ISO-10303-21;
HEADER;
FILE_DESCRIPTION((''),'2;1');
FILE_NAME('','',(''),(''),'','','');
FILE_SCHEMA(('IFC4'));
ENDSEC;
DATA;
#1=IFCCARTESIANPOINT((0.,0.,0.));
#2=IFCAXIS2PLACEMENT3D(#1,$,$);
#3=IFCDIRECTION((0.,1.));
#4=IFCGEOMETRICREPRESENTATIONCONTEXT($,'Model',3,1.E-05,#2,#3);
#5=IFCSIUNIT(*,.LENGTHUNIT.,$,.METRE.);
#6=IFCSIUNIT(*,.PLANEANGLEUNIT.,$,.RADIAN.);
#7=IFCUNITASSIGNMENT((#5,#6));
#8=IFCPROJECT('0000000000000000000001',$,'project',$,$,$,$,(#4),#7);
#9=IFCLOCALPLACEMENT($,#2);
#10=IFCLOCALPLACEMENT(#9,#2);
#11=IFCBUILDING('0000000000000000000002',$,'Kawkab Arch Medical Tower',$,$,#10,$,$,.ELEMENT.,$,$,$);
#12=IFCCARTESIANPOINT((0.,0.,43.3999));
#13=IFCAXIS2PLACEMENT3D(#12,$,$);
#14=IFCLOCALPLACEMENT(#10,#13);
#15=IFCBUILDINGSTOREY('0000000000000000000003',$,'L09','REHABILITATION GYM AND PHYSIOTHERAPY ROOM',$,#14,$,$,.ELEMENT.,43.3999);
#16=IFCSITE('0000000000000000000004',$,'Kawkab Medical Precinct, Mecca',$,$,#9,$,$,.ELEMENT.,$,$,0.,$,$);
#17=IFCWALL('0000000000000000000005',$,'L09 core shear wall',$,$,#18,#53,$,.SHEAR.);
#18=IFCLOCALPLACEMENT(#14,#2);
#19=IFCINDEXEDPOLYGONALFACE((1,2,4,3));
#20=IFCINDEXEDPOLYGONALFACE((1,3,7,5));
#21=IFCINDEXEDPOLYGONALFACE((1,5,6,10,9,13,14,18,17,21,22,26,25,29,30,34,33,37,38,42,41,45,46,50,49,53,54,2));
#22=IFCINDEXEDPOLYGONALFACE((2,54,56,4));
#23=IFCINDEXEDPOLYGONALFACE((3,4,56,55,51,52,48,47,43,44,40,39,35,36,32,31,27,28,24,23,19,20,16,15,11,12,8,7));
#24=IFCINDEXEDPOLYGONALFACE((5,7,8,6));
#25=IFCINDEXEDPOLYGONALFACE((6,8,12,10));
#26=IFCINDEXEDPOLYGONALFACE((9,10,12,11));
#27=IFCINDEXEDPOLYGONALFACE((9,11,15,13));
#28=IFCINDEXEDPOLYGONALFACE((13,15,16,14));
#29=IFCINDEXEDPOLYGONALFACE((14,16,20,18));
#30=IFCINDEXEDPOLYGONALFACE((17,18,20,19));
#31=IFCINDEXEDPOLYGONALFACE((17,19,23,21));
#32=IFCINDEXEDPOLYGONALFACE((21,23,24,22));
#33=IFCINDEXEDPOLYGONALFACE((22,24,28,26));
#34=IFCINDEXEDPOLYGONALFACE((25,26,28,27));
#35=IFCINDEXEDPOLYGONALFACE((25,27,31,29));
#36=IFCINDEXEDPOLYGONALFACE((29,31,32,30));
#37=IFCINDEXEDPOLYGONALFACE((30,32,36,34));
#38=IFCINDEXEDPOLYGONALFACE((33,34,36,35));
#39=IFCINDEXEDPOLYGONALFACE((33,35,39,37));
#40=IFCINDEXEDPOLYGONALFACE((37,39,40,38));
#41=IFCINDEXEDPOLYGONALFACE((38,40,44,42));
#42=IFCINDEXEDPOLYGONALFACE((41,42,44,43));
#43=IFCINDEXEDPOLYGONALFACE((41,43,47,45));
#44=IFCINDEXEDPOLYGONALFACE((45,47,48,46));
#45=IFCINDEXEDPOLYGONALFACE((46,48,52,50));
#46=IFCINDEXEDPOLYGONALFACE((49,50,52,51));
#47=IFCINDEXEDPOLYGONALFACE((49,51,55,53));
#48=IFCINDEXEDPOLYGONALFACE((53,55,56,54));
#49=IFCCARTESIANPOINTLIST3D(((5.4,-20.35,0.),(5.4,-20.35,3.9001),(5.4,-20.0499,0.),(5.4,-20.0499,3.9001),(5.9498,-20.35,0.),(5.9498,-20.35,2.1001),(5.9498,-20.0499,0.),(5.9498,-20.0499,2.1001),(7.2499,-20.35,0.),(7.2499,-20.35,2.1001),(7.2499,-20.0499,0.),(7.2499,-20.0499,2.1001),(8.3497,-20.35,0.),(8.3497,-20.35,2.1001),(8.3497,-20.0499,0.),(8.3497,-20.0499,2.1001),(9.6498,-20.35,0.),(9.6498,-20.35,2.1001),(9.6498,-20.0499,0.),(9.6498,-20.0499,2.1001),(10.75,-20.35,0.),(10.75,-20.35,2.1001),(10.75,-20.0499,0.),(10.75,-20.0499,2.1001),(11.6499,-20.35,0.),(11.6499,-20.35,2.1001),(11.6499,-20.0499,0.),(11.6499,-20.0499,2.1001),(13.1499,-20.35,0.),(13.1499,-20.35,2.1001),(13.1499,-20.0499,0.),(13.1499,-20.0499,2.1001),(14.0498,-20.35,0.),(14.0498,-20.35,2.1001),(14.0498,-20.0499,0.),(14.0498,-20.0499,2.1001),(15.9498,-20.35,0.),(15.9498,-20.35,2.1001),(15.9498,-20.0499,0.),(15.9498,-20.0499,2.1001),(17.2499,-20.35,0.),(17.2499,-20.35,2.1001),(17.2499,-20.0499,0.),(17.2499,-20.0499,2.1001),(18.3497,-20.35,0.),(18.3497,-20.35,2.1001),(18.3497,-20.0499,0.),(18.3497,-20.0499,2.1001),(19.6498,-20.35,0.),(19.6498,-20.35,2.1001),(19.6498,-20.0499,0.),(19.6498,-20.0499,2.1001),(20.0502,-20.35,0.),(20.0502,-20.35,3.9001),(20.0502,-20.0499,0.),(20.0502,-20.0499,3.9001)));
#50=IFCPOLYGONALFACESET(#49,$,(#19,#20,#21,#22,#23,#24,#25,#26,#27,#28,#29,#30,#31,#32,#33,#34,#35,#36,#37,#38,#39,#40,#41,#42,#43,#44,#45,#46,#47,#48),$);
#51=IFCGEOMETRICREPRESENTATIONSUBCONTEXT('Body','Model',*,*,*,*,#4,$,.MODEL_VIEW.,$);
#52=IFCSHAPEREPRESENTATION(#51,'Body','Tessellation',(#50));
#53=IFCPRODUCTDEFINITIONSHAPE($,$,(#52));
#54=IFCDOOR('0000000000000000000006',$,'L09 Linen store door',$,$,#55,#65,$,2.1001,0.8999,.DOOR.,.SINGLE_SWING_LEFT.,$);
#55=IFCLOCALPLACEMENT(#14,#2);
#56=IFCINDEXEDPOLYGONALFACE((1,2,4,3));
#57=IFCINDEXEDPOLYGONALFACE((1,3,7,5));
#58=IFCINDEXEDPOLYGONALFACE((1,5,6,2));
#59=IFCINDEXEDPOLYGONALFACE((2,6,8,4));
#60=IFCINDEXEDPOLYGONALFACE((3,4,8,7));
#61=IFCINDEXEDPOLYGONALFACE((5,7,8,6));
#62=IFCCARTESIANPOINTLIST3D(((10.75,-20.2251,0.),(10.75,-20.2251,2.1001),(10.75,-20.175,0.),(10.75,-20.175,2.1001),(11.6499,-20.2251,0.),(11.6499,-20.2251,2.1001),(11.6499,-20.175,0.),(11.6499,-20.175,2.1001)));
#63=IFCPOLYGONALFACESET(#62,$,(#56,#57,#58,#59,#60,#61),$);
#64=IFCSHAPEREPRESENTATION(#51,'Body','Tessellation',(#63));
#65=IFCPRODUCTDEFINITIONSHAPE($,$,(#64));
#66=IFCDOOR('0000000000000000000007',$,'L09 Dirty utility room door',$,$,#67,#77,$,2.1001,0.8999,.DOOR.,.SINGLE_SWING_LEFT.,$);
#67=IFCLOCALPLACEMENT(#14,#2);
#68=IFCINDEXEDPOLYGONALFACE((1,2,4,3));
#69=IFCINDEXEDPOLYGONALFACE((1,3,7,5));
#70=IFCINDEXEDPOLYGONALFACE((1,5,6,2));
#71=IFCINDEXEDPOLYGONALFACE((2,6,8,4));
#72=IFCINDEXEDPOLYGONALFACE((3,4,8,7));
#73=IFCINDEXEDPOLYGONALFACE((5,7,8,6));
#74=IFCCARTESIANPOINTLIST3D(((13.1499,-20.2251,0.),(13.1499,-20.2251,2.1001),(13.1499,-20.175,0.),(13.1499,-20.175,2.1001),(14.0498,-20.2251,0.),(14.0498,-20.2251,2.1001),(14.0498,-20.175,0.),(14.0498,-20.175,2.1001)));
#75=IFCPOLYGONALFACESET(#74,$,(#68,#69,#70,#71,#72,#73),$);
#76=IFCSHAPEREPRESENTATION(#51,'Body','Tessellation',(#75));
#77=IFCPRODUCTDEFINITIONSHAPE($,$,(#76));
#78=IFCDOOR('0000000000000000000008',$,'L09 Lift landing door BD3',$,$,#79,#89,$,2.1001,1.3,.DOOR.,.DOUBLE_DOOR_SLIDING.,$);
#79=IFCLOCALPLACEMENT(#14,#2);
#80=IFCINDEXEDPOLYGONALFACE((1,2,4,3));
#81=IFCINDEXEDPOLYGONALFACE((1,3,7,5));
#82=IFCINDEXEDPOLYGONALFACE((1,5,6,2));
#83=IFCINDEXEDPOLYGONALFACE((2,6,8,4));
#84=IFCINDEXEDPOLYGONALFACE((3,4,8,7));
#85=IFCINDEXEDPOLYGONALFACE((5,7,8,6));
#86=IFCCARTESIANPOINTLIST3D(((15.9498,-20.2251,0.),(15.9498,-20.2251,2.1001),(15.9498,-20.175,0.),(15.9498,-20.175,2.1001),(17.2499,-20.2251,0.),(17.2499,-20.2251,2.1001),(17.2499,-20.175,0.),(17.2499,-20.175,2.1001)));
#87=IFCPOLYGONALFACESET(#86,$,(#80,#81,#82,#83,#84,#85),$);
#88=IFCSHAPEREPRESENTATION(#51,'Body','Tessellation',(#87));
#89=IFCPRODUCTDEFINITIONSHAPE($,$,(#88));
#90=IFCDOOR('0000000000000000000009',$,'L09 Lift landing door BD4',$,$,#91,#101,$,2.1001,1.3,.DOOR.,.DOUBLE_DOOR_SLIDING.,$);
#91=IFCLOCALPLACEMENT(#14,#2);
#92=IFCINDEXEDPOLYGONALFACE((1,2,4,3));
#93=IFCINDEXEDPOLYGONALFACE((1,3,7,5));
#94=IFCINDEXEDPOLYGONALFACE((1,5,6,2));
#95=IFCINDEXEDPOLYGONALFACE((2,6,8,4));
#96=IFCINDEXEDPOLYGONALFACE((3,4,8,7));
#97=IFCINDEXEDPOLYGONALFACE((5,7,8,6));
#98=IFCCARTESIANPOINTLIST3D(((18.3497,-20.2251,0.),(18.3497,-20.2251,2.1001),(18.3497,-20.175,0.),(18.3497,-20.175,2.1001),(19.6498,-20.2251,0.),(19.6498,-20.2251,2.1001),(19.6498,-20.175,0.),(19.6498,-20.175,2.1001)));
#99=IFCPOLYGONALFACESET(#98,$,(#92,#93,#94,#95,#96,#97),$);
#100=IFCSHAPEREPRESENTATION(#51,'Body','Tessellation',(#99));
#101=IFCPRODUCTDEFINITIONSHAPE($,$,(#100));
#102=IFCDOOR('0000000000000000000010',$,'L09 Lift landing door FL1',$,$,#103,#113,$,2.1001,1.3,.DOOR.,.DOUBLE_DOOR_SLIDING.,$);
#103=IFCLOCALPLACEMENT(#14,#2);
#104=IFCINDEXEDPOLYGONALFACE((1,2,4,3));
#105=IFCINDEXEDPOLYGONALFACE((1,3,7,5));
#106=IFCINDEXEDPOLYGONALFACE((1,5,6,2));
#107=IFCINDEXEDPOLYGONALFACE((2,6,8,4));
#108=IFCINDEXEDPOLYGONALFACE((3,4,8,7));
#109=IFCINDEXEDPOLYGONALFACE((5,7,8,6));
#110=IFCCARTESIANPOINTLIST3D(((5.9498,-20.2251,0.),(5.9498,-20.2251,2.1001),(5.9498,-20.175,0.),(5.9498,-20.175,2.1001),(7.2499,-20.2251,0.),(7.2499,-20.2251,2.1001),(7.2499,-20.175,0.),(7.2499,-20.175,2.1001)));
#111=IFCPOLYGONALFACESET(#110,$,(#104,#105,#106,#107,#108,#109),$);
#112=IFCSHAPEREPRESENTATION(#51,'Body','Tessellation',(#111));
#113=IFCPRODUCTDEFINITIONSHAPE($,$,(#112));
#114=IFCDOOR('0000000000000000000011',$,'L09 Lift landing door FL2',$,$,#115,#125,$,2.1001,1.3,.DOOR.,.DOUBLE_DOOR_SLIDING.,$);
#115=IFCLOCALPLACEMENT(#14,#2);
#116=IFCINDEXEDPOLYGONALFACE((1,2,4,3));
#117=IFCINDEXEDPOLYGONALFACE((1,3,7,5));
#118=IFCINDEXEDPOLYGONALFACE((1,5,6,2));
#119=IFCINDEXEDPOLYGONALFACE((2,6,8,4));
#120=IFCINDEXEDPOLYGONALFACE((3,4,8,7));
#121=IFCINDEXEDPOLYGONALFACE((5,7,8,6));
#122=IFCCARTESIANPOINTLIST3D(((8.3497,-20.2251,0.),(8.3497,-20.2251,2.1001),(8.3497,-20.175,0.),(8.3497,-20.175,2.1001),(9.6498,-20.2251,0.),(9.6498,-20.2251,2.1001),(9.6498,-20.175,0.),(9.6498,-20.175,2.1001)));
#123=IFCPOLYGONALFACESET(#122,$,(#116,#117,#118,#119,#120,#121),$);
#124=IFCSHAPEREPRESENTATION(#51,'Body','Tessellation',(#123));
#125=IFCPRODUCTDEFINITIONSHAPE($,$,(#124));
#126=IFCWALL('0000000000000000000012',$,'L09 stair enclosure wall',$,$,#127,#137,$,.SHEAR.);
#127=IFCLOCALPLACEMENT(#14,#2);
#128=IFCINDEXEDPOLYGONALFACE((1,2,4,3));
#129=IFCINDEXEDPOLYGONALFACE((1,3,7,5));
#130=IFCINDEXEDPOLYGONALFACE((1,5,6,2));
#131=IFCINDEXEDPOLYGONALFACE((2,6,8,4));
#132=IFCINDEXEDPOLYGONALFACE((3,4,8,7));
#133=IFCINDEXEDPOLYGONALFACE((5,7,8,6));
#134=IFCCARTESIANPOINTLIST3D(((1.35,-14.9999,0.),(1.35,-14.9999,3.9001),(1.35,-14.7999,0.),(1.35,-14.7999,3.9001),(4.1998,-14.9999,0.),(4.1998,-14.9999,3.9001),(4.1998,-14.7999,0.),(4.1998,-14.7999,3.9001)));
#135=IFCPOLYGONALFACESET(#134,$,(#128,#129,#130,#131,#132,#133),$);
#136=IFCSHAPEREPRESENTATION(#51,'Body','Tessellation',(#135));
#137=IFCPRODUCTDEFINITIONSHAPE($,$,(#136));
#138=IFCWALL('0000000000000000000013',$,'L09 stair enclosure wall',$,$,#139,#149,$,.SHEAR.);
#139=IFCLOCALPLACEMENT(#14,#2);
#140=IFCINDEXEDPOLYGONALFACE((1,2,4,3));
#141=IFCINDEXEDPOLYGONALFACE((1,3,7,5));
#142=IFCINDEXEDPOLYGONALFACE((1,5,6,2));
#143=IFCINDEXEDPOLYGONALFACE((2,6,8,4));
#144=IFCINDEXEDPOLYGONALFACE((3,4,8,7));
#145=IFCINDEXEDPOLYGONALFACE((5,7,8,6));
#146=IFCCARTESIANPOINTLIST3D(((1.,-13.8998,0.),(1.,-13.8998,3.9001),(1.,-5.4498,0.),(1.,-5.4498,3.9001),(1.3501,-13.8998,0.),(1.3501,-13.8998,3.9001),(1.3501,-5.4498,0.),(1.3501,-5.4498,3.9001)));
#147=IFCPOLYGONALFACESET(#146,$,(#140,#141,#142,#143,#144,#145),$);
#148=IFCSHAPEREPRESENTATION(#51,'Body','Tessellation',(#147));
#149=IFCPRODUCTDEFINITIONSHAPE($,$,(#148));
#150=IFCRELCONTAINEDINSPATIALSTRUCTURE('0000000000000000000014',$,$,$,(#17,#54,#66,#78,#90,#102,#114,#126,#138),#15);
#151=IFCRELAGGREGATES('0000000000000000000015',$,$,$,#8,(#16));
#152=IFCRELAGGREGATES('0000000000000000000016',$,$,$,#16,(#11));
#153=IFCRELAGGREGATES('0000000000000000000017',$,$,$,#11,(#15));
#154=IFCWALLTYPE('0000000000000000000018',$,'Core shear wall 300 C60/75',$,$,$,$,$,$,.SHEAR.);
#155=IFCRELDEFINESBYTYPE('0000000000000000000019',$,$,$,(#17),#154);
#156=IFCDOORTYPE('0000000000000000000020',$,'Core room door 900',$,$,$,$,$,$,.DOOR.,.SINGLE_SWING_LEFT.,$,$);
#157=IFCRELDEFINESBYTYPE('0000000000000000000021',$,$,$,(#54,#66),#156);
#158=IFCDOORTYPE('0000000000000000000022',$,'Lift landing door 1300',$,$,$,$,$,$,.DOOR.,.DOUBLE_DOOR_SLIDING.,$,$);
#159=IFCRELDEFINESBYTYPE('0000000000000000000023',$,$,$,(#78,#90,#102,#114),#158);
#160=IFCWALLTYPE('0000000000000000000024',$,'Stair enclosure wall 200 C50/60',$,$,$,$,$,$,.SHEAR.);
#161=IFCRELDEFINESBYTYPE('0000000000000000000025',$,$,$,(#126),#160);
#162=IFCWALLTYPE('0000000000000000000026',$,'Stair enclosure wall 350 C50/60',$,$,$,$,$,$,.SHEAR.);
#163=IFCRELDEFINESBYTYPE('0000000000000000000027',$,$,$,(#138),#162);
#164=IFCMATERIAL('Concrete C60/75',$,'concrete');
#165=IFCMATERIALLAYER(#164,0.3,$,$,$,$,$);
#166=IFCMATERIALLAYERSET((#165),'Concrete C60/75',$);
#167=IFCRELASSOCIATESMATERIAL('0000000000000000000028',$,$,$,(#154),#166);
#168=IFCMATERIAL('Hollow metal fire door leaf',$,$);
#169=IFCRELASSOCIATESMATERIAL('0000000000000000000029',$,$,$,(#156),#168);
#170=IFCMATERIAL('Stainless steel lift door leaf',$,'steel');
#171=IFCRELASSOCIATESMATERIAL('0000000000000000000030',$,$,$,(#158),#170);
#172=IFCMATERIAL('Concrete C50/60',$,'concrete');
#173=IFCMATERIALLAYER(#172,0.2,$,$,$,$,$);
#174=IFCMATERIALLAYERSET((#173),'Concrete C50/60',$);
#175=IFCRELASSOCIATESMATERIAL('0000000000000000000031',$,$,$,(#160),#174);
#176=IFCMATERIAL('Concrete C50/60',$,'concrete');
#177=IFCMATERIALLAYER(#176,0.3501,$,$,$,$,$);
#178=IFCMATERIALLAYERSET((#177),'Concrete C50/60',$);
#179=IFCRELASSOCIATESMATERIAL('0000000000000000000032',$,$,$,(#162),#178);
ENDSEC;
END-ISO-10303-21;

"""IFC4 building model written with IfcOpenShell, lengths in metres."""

from ifc_helpers import new_model, si_unit, direction, frame, frame_2d, origin, place, context, subcontext, project, spatial, rectangle, extrude, material, layer, layer_set, type_object, element, fill, save


model = new_model("IFC4")

# Units and contexts
model_context = context("Model", 3, precision=1e-05, world=origin(), true_north=direction((0.0, 1.0)))
body_context = subcontext(model_context, "Body", "Model", "MODEL_VIEW")
ifc_project = project(units=[si_unit("LENGTHUNIT", "METRE"), si_unit("PLANEANGLEUNIT", "RADIAN")], contexts=[model_context])

# Site, building, storey
site_placement = place(None, origin())
site = spatial("IfcSite", under=ifc_project, at=site_placement, Name="Kawkab Medical Precinct, Mecca", CompositionType="ELEMENT", RefElevation=0.0)
building_placement = place(site_placement, origin())
building = spatial("IfcBuilding", under=site, at=building_placement, Name="Kawkab Arch Medical Tower", CompositionType="ELEMENT")
storey_placement = place(building_placement, frame((0.0, 0.0, 43.3999)))
storey = spatial("IfcBuildingStorey", under=building, at=storey_placement, Name="L09", Description="REHABILITATION GYM AND PHYSIOTHERAPY ROOM", CompositionType="ELEMENT", Elevation=43.3999)

# Shared definitions
ifc_material_1 = material(Name="Concrete C60/75", Category="concrete")
ifc_layer_1 = layer(ifc_material_1, 0.3)
ifc_layer_set_1 = layer_set([ifc_layer_1], Name="Concrete C60/75")
wall_type_1 = type_object("IfcWallType", Name="Core shear wall 300 C60/75", PredefinedType="SHEAR", material=ifc_layer_set_1)

# Wall, openings, doors
wall_1_placement = place(storey_placement, frame((5.3999, -20.2, 0.0), z_axis=(0.0, 0.0, 1.0), x_axis=(1.0, 0.0, 0.0)))
wall_1 = element("IfcWall", 1, at=wall_1_placement, inside=storey, type_object=wall_type_1, Name="L09 core shear wall", PredefinedType="SHEAR", context=body_context, shape_type="SweptSolid", body=[
    extrude(rectangle(XDim=14.6501, YDim=0.3, at=frame_2d((7.3252, 0.0))), origin(), (0.0, 0.0, 1.0), 3.9001),
])
opening_1_placement = place(wall_1_placement, frame((10.55, 0.0, 0.0)))
opening_1 = element("IfcOpeningElement", 2, at=opening_1_placement, cuts=wall_1, PredefinedType="OPENING", context=body_context, shape_type="SweptSolid", body=[
    extrude(rectangle(XDim=1.3, YDim=2.1001, at=frame_2d((0.6499, 1.05))), frame((0.0, 0.1599, 0.0), z_axis=(0.0, -1.0, 0.0), x_axis=(1.0, 0.0, 0.0)), (0.0, 0.0, 1.0), 0.3201),
])
opening_2_placement = place(wall_1_placement, frame((12.95, 0.0, 0.0)))
opening_2 = element("IfcOpeningElement", 3, at=opening_2_placement, cuts=wall_1, PredefinedType="OPENING", context=body_context, shape_type="SweptSolid", body=[
    extrude(rectangle(XDim=1.3, YDim=2.1001, at=frame_2d((0.6499, 1.05))), frame((0.0, 0.1599, 0.0), z_axis=(0.0, -1.0, 0.0), x_axis=(1.0, 0.0, 0.0)), (0.0, 0.0, 1.0), 0.3201),
])
opening_3_placement = place(wall_1_placement, frame((0.55, 0.0, 0.0)))
opening_3 = element("IfcOpeningElement", 4, at=opening_3_placement, cuts=wall_1, PredefinedType="OPENING", context=body_context, shape_type="SweptSolid", body=[
    extrude(rectangle(XDim=1.3, YDim=2.1001, at=frame_2d((0.6499, 1.05))), frame((0.0, 0.1599, 0.0), z_axis=(0.0, -1.0, 0.0), x_axis=(1.0, 0.0, 0.0)), (0.0, 0.0, 1.0), 0.3201),
])
opening_4_placement = place(wall_1_placement, frame((2.95, 0.0, 0.0)))
opening_4 = element("IfcOpeningElement", 5, at=opening_4_placement, cuts=wall_1, PredefinedType="OPENING", context=body_context, shape_type="SweptSolid", body=[
    extrude(rectangle(XDim=1.3, YDim=2.1001, at=frame_2d((0.6499, 1.05))), frame((0.0, 0.1599, 0.0), z_axis=(0.0, -1.0, 0.0), x_axis=(1.0, 0.0, 0.0)), (0.0, 0.0, 1.0), 0.3201),
])
opening_5_placement = place(wall_1_placement, frame((5.3501, 0.0, 0.0)))
opening_5 = element("IfcOpeningElement", 6, at=opening_5_placement, cuts=wall_1, PredefinedType="OPENING", context=body_context, shape_type="SweptSolid", body=[
    extrude(rectangle(XDim=0.8999, YDim=2.1001, at=frame_2d((0.45, 1.05))), frame((0.0, 0.1599, 0.0), z_axis=(0.0, -1.0, 0.0), x_axis=(1.0, 0.0, 0.0)), (0.0, 0.0, 1.0), 0.3201),
])
opening_6_placement = place(wall_1_placement, frame((7.75, 0.0, 0.0)))
opening_6 = element("IfcOpeningElement", 7, at=opening_6_placement, cuts=wall_1, PredefinedType="OPENING", context=body_context, shape_type="SweptSolid", body=[
    extrude(rectangle(XDim=0.8999, YDim=2.1001, at=frame_2d((0.45, 1.05))), frame((0.0, 0.1599, 0.0), z_axis=(0.0, -1.0, 0.0), x_axis=(1.0, 0.0, 0.0)), (0.0, 0.0, 1.0), 0.3201),
])
ifc_material_2 = material(Name="Hollow metal fire door leaf")
door_type_1 = type_object("IfcDoorType", Name="Core room door 900", OperationType="SINGLE_SWING_LEFT", PredefinedType="DOOR", material=ifc_material_2)
door_1_placement = place(opening_5_placement, origin())
door_1 = element("IfcDoor", 8, at=door_1_placement, inside=storey, type_object=door_type_1, Name="L09 Linen store door", OperationType="SINGLE_SWING_LEFT", OverallHeight=2.1001, OverallWidth=0.8999, PredefinedType="DOOR", context=body_context, shape_type="SweptSolid", body=[
    extrude(rectangle(XDim=0.8999, YDim=2.1001, at=frame_2d((0.45, 1.05))), frame((0.0, 0.0249, 0.0), z_axis=(0.0, -1.0, 0.0), x_axis=(1.0, 0.0, 0.0)), (0.0, 0.0, 1.0), 0.05),
])
fill(opening_5, door_1)
door_2_placement = place(opening_6_placement, origin())
door_2 = element("IfcDoor", 9, at=door_2_placement, inside=storey, type_object=door_type_1, Name="L09 Dirty utility room door", OperationType="SINGLE_SWING_LEFT", OverallHeight=2.1001, OverallWidth=0.8999, PredefinedType="DOOR", context=body_context, shape_type="SweptSolid", body=[
    extrude(rectangle(XDim=0.8999, YDim=2.1001, at=frame_2d((0.45, 1.05))), frame((0.0, 0.0249, 0.0), z_axis=(0.0, -1.0, 0.0), x_axis=(1.0, 0.0, 0.0)), (0.0, 0.0, 1.0), 0.05),
])
fill(opening_6, door_2)
ifc_material_3 = material(Name="Stainless steel lift door leaf", Category="steel")
door_type_2 = type_object("IfcDoorType", Name="Lift landing door 1300", OperationType="DOUBLE_DOOR_SLIDING", PredefinedType="DOOR", material=ifc_material_3)
door_3_placement = place(opening_1_placement, origin())
door_3 = element("IfcDoor", 10, at=door_3_placement, inside=storey, type_object=door_type_2, Name="L09 Lift landing door BD3", OperationType="DOUBLE_DOOR_SLIDING", OverallHeight=2.1001, OverallWidth=1.3, PredefinedType="DOOR", context=body_context, shape_type="SweptSolid", body=[
    extrude(rectangle(XDim=1.3, YDim=2.1001, at=frame_2d((0.6499, 1.05))), frame((0.0, 0.0249, 0.0), z_axis=(0.0, -1.0, 0.0), x_axis=(1.0, 0.0, 0.0)), (0.0, 0.0, 1.0), 0.05),
])
fill(opening_1, door_3)
door_4_placement = place(opening_2_placement, origin())
door_4 = element("IfcDoor", 11, at=door_4_placement, inside=storey, type_object=door_type_2, Name="L09 Lift landing door BD4", OperationType="DOUBLE_DOOR_SLIDING", OverallHeight=2.1001, OverallWidth=1.3, PredefinedType="DOOR", context=body_context, shape_type="SweptSolid", body=[
    extrude(rectangle(XDim=1.3, YDim=2.1001, at=frame_2d((0.6499, 1.05))), frame((0.0, 0.0249, 0.0), z_axis=(0.0, -1.0, 0.0), x_axis=(1.0, 0.0, 0.0)), (0.0, 0.0, 1.0), 0.05),
])
fill(opening_2, door_4)
door_5_placement = place(opening_3_placement, origin())
door_5 = element("IfcDoor", 12, at=door_5_placement, inside=storey, type_object=door_type_2, Name="L09 Lift landing door FL1", OperationType="DOUBLE_DOOR_SLIDING", OverallHeight=2.1001, OverallWidth=1.3, PredefinedType="DOOR", context=body_context, shape_type="SweptSolid", body=[
    extrude(rectangle(XDim=1.3, YDim=2.1001, at=frame_2d((0.6499, 1.05))), frame((0.0, 0.0249, 0.0), z_axis=(0.0, -1.0, 0.0), x_axis=(1.0, 0.0, 0.0)), (0.0, 0.0, 1.0), 0.05),
])
fill(opening_3, door_5)
door_6_placement = place(opening_4_placement, origin())
door_6 = element("IfcDoor", 13, at=door_6_placement, inside=storey, type_object=door_type_2, Name="L09 Lift landing door FL2", OperationType="DOUBLE_DOOR_SLIDING", OverallHeight=2.1001, OverallWidth=1.3, PredefinedType="DOOR", context=body_context, shape_type="SweptSolid", body=[
    extrude(rectangle(XDim=1.3, YDim=2.1001, at=frame_2d((0.6499, 1.05))), frame((0.0, 0.0249, 0.0), z_axis=(0.0, -1.0, 0.0), x_axis=(1.0, 0.0, 0.0)), (0.0, 0.0, 1.0), 0.05),
])
fill(opening_4, door_6)

# Walls
ifc_material_4 = material(Name="Concrete C50/60", Category="concrete")
ifc_layer_2 = layer(ifc_material_4, 0.2)
ifc_layer_set_2 = layer_set([ifc_layer_2], Name="Concrete C50/60")
wall_type_2 = type_object("IfcWallType", Name="Stair enclosure wall 200 C50/60", PredefinedType="SHEAR", material=ifc_layer_set_2)
wall_2_placement = place(storey_placement, frame((1.3501, -14.8999, 0.0), z_axis=(0.0, 0.0, 1.0), x_axis=(1.0, 0.0, 0.0)))
element("IfcWall", 14, at=wall_2_placement, inside=storey, type_object=wall_type_2, Name="L09 stair enclosure wall", PredefinedType="SHEAR", context=body_context, shape_type="SweptSolid", body=[
    extrude(rectangle(XDim=2.8499, YDim=0.2, at=frame_2d((1.4248, 0.0))), origin(), (0.0, 0.0, 1.0), 3.9001),
])
ifc_material_5 = material(Name="Concrete C50/60", Category="concrete")
ifc_layer_3 = layer(ifc_material_5, 0.3501)
ifc_layer_set_3 = layer_set([ifc_layer_3], Name="Concrete C50/60")
wall_type_3 = type_object("IfcWallType", Name="Stair enclosure wall 350 C50/60", PredefinedType="SHEAR", material=ifc_layer_set_3)
wall_3_placement = place(storey_placement, frame((1.175, -13.8999, 0.0), z_axis=(0.0, 0.0, 1.0), x_axis=(0.0, 1.0, 0.0)))
element("IfcWall", 15, at=wall_3_placement, inside=storey, type_object=wall_type_3, Name="L09 stair enclosure wall", PredefinedType="SHEAR", context=body_context, shape_type="SweptSolid", body=[
    extrude(rectangle(XDim=8.45, YDim=0.3501, at=frame_2d((4.2251, 0.0))), origin(), (0.0, 0.0, 1.0), 3.9001),
])

save(model, "model.ifc")
